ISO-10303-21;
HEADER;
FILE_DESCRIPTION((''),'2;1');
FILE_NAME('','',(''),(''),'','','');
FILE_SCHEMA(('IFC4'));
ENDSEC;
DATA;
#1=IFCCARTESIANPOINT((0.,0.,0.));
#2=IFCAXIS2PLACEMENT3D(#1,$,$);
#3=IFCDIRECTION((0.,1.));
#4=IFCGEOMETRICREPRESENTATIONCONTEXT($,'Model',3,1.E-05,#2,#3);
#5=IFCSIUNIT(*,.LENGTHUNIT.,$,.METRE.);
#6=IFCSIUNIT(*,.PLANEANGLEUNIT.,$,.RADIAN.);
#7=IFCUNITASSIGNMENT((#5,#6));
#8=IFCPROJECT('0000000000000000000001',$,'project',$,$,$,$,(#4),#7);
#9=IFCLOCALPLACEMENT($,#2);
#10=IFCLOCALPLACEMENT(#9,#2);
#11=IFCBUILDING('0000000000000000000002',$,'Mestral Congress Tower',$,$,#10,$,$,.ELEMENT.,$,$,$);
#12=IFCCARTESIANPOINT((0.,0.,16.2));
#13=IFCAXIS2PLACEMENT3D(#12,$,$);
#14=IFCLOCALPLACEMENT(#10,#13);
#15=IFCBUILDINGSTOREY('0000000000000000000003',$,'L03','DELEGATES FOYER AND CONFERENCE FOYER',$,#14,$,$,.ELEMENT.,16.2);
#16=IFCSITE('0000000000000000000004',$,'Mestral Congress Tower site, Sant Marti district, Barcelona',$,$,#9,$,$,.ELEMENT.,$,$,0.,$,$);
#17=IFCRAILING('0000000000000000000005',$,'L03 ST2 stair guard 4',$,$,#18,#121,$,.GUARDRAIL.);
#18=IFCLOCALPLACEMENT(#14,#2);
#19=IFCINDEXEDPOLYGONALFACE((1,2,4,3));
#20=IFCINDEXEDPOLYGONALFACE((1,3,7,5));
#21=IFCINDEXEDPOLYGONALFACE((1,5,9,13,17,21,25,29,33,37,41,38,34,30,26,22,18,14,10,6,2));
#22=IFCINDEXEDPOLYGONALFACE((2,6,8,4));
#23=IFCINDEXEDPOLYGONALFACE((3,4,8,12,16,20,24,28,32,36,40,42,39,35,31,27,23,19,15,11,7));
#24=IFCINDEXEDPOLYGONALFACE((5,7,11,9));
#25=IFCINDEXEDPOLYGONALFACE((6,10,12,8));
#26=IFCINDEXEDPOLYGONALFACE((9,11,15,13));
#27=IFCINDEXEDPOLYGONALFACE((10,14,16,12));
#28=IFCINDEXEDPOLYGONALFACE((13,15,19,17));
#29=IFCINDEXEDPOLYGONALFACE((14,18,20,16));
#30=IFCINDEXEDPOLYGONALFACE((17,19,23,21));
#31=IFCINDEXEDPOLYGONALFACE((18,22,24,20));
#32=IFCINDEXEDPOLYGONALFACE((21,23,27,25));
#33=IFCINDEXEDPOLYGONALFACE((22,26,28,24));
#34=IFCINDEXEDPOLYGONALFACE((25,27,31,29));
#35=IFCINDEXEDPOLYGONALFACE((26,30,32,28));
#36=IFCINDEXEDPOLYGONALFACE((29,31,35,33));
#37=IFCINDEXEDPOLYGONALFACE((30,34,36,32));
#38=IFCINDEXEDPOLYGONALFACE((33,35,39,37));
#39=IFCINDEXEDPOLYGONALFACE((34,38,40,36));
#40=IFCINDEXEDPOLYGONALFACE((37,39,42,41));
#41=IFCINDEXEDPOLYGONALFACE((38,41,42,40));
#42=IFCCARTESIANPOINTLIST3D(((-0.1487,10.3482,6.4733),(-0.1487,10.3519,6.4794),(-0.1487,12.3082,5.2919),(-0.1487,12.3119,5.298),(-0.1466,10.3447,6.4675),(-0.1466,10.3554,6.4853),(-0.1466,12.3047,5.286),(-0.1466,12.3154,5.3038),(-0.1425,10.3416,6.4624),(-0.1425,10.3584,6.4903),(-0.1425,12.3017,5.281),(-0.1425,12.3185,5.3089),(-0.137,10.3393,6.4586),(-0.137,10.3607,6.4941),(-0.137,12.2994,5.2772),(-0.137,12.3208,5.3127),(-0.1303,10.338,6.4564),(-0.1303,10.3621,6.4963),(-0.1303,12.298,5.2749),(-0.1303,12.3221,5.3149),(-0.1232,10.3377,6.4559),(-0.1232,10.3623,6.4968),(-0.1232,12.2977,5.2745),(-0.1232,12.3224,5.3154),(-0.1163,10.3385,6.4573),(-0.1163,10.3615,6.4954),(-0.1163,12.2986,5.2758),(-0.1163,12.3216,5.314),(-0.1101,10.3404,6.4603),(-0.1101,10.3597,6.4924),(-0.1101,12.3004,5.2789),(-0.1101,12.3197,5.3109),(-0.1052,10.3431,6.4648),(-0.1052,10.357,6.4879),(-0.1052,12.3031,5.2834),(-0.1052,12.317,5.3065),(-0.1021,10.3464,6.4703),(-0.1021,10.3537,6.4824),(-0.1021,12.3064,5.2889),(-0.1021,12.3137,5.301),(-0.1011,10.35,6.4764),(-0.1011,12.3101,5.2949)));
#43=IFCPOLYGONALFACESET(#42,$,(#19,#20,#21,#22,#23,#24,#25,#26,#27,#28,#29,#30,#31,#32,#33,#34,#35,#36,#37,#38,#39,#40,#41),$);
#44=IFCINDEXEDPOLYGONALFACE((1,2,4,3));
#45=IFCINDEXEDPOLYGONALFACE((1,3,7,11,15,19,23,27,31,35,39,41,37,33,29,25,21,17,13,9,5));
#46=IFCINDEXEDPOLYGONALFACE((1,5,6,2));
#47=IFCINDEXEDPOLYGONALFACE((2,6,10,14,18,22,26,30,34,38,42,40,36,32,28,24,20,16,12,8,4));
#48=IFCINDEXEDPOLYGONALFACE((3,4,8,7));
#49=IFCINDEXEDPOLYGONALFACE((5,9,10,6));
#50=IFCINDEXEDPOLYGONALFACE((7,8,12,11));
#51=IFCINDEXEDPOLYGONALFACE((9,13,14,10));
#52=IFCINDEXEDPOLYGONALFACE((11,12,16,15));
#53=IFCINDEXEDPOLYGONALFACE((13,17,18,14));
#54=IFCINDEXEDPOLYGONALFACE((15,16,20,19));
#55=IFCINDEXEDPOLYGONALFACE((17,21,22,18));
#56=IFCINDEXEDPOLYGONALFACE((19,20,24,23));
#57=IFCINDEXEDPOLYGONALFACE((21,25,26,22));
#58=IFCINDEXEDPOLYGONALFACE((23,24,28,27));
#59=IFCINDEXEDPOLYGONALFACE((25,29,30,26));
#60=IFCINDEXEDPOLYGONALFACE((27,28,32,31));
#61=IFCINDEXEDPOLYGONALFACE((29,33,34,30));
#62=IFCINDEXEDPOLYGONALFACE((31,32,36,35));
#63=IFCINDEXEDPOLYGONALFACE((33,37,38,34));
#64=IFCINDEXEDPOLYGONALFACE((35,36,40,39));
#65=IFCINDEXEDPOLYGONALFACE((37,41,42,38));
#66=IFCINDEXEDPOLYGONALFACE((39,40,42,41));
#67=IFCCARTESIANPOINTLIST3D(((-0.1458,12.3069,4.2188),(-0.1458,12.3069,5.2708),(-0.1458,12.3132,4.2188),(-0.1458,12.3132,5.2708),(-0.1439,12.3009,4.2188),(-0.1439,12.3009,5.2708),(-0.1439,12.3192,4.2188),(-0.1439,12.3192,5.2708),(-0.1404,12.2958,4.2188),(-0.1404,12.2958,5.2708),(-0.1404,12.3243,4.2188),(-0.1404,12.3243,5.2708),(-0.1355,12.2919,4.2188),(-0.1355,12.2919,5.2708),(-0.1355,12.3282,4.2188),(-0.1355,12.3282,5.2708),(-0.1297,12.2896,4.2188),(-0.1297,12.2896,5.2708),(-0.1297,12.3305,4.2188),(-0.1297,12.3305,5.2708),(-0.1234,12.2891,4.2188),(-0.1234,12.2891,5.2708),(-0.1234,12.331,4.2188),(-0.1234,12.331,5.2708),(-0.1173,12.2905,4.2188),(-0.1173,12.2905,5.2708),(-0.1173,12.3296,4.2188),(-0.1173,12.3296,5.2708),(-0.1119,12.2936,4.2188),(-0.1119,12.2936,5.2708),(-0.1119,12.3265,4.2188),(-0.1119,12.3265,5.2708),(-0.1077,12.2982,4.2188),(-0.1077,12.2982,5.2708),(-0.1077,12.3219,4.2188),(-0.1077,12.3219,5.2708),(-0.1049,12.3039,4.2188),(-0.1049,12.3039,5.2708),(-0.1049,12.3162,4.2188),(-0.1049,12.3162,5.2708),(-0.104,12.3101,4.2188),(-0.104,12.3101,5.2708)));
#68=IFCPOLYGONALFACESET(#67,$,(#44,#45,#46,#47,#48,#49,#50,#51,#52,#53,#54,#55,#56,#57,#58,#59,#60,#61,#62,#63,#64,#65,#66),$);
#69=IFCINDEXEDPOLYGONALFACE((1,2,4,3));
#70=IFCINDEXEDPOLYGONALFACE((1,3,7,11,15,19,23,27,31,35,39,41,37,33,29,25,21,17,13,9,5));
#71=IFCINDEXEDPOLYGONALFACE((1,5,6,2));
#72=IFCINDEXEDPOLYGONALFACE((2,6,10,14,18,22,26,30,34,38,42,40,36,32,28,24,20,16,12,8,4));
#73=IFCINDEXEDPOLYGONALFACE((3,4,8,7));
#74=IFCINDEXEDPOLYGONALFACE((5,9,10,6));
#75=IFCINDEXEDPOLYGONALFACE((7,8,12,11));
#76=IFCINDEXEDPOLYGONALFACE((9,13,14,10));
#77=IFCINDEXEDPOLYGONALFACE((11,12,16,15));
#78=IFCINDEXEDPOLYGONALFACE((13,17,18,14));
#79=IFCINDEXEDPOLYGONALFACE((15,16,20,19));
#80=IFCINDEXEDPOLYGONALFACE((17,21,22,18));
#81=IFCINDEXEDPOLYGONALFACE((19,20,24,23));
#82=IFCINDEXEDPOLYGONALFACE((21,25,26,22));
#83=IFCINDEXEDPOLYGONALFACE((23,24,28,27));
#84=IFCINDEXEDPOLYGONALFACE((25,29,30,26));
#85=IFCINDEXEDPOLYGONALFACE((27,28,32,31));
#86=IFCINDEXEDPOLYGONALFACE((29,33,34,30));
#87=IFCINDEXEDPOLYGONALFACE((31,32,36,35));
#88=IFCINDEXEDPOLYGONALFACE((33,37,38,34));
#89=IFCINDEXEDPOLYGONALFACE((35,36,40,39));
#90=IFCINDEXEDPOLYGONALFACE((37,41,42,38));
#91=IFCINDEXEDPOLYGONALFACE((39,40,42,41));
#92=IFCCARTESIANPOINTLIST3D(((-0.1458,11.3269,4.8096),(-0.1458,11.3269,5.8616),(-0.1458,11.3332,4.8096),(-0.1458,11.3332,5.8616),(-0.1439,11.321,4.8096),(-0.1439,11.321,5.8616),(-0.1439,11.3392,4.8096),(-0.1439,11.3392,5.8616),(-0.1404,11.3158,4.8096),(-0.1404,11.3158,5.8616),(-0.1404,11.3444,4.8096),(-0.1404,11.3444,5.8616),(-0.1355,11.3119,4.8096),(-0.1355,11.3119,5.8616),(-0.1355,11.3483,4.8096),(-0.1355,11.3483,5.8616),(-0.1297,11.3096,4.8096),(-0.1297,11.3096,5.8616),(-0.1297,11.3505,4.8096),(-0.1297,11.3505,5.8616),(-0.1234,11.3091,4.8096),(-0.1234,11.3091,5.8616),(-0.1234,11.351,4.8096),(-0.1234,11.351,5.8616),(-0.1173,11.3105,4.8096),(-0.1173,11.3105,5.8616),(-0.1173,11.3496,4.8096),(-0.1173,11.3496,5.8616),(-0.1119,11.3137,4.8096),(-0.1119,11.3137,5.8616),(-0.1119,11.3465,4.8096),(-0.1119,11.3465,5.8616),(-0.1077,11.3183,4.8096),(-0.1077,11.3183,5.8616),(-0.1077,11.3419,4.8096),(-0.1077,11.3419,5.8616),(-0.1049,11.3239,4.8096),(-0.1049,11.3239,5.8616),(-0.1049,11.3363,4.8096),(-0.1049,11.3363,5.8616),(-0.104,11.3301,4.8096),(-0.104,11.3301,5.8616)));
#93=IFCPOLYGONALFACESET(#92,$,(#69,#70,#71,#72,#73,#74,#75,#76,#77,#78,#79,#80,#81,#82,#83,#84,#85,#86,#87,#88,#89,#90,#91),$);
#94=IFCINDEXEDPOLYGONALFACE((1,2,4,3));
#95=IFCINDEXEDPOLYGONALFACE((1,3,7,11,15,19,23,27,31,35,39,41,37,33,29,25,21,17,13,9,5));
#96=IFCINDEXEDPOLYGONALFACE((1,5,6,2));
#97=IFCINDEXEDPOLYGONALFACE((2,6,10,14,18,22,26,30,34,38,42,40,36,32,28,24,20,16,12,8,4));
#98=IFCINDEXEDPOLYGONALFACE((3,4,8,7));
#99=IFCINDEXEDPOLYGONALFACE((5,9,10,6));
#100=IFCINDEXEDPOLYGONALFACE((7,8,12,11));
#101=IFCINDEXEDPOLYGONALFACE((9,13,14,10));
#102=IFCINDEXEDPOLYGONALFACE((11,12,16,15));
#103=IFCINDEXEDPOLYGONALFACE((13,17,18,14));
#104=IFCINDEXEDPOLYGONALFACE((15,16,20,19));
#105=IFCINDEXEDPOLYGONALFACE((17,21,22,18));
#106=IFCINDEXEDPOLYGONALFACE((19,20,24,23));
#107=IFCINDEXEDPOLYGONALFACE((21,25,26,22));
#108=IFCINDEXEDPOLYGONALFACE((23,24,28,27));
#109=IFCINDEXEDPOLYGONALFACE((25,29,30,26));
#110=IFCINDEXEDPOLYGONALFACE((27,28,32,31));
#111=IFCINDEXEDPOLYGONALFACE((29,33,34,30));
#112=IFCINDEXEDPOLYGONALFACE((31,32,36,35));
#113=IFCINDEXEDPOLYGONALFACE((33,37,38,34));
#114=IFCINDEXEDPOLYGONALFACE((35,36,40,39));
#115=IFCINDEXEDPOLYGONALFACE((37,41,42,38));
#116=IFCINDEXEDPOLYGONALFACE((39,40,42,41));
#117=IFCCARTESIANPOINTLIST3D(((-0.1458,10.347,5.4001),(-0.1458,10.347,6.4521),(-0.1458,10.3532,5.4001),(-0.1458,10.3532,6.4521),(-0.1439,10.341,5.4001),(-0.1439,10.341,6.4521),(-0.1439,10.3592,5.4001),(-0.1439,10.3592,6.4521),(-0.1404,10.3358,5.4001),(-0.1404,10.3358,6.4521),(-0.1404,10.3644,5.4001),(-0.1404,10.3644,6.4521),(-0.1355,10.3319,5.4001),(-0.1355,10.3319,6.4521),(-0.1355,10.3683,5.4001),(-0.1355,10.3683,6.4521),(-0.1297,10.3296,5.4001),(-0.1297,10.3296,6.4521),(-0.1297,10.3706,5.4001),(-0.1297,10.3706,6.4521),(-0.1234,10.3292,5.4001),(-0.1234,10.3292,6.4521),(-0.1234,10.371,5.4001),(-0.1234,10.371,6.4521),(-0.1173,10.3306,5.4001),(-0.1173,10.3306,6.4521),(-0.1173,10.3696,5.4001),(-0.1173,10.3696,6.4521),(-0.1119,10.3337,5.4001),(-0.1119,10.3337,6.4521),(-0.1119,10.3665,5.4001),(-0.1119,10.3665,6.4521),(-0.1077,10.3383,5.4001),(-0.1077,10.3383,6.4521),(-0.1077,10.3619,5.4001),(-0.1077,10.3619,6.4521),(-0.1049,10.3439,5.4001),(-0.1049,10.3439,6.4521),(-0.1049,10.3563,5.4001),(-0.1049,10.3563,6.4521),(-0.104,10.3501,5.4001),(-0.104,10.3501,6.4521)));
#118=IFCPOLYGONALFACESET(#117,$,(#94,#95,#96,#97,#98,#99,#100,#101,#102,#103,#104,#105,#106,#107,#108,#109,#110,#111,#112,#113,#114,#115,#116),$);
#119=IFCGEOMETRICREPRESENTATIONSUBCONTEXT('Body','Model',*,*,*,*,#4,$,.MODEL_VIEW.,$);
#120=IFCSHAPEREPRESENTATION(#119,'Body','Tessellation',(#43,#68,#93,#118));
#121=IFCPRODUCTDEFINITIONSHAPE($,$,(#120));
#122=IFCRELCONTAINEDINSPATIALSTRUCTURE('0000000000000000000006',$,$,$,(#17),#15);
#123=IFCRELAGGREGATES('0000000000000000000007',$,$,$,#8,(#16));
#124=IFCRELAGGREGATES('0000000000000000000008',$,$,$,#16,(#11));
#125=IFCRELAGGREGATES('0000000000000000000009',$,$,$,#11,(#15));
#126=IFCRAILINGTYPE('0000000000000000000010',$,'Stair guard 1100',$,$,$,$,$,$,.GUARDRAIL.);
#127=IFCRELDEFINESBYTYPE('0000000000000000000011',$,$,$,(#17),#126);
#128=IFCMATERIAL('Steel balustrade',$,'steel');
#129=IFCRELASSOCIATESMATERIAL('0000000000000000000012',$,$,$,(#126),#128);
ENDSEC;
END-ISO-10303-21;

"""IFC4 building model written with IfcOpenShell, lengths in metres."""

from ifc_helpers import new_model, si_unit, direction, frame, origin, origin_2d, place, context, subcontext, project, spatial, circle, extrude, material, type_object, element, save


model = new_model("IFC4")

# Units and contexts
model_context = context("Model", 3, precision=1e-05, world=origin(), true_north=direction((0.0, 1.0)))
body_context = subcontext(model_context, "Body", "Model", "MODEL_VIEW")
ifc_project = project(units=[si_unit("LENGTHUNIT", "METRE"), si_unit("PLANEANGLEUNIT", "RADIAN")], contexts=[model_context])

# Site, building, storey
site_placement = place(None, origin())
site = spatial("IfcSite", under=ifc_project, at=site_placement, Name="Mestral Congress Tower site, Sant Marti district, Barcelona", CompositionType="ELEMENT", RefElevation=0.0)
building_placement = place(site_placement, origin())
building = spatial("IfcBuilding", under=site, at=building_placement, Name="Mestral Congress Tower", CompositionType="ELEMENT")
storey_placement = place(building_placement, frame((0.0, 0.0, 16.2)))
storey = spatial("IfcBuildingStorey", under=building, at=storey_placement, Name="L03", Description="DELEGATES FOYER AND CONFERENCE FOYER", CompositionType="ELEMENT", Elevation=16.2)

# Railing
ifc_material_1 = material(Name="Steel balustrade", Category="steel")
railing_type = type_object("IfcRailingType", Name="Stair guard 1100", PredefinedType="GUARDRAIL", material=ifc_material_1)
railing_1_placement = place(storey_placement, frame((-0.125, 12.3101, 4.2188)))
element("IfcRailing", 1, at=railing_1_placement, inside=storey, type_object=railing_type, Name="L03 ST2 stair guard 4", PredefinedType="GUARDRAIL", context=body_context, shape_type="SweptSolid", body=[
    extrude(circle(Radius=0.0239, at=origin_2d()), frame((0.0, 0.0, 1.0762), z_axis=(0.0, -0.856446, 0.516236), x_axis=(1.0, 0.0, 0.0)), (0.0, 0.0, 1.0), 2.2886),
    extrude(circle(Radius=0.021, at=origin_2d()), origin(), (0.0, 0.0, 1.0), 1.052),
    extrude(circle(Radius=0.021, at=origin_2d()), frame((0.0, -0.98, 0.5908)), (0.0, 0.0, 1.0), 1.052),
    extrude(circle(Radius=0.021, at=origin_2d()), frame((0.0, -1.96, 1.1814)), (0.0, 0.0, 1.0), 1.052),
])

save(model, "model.ifc")
